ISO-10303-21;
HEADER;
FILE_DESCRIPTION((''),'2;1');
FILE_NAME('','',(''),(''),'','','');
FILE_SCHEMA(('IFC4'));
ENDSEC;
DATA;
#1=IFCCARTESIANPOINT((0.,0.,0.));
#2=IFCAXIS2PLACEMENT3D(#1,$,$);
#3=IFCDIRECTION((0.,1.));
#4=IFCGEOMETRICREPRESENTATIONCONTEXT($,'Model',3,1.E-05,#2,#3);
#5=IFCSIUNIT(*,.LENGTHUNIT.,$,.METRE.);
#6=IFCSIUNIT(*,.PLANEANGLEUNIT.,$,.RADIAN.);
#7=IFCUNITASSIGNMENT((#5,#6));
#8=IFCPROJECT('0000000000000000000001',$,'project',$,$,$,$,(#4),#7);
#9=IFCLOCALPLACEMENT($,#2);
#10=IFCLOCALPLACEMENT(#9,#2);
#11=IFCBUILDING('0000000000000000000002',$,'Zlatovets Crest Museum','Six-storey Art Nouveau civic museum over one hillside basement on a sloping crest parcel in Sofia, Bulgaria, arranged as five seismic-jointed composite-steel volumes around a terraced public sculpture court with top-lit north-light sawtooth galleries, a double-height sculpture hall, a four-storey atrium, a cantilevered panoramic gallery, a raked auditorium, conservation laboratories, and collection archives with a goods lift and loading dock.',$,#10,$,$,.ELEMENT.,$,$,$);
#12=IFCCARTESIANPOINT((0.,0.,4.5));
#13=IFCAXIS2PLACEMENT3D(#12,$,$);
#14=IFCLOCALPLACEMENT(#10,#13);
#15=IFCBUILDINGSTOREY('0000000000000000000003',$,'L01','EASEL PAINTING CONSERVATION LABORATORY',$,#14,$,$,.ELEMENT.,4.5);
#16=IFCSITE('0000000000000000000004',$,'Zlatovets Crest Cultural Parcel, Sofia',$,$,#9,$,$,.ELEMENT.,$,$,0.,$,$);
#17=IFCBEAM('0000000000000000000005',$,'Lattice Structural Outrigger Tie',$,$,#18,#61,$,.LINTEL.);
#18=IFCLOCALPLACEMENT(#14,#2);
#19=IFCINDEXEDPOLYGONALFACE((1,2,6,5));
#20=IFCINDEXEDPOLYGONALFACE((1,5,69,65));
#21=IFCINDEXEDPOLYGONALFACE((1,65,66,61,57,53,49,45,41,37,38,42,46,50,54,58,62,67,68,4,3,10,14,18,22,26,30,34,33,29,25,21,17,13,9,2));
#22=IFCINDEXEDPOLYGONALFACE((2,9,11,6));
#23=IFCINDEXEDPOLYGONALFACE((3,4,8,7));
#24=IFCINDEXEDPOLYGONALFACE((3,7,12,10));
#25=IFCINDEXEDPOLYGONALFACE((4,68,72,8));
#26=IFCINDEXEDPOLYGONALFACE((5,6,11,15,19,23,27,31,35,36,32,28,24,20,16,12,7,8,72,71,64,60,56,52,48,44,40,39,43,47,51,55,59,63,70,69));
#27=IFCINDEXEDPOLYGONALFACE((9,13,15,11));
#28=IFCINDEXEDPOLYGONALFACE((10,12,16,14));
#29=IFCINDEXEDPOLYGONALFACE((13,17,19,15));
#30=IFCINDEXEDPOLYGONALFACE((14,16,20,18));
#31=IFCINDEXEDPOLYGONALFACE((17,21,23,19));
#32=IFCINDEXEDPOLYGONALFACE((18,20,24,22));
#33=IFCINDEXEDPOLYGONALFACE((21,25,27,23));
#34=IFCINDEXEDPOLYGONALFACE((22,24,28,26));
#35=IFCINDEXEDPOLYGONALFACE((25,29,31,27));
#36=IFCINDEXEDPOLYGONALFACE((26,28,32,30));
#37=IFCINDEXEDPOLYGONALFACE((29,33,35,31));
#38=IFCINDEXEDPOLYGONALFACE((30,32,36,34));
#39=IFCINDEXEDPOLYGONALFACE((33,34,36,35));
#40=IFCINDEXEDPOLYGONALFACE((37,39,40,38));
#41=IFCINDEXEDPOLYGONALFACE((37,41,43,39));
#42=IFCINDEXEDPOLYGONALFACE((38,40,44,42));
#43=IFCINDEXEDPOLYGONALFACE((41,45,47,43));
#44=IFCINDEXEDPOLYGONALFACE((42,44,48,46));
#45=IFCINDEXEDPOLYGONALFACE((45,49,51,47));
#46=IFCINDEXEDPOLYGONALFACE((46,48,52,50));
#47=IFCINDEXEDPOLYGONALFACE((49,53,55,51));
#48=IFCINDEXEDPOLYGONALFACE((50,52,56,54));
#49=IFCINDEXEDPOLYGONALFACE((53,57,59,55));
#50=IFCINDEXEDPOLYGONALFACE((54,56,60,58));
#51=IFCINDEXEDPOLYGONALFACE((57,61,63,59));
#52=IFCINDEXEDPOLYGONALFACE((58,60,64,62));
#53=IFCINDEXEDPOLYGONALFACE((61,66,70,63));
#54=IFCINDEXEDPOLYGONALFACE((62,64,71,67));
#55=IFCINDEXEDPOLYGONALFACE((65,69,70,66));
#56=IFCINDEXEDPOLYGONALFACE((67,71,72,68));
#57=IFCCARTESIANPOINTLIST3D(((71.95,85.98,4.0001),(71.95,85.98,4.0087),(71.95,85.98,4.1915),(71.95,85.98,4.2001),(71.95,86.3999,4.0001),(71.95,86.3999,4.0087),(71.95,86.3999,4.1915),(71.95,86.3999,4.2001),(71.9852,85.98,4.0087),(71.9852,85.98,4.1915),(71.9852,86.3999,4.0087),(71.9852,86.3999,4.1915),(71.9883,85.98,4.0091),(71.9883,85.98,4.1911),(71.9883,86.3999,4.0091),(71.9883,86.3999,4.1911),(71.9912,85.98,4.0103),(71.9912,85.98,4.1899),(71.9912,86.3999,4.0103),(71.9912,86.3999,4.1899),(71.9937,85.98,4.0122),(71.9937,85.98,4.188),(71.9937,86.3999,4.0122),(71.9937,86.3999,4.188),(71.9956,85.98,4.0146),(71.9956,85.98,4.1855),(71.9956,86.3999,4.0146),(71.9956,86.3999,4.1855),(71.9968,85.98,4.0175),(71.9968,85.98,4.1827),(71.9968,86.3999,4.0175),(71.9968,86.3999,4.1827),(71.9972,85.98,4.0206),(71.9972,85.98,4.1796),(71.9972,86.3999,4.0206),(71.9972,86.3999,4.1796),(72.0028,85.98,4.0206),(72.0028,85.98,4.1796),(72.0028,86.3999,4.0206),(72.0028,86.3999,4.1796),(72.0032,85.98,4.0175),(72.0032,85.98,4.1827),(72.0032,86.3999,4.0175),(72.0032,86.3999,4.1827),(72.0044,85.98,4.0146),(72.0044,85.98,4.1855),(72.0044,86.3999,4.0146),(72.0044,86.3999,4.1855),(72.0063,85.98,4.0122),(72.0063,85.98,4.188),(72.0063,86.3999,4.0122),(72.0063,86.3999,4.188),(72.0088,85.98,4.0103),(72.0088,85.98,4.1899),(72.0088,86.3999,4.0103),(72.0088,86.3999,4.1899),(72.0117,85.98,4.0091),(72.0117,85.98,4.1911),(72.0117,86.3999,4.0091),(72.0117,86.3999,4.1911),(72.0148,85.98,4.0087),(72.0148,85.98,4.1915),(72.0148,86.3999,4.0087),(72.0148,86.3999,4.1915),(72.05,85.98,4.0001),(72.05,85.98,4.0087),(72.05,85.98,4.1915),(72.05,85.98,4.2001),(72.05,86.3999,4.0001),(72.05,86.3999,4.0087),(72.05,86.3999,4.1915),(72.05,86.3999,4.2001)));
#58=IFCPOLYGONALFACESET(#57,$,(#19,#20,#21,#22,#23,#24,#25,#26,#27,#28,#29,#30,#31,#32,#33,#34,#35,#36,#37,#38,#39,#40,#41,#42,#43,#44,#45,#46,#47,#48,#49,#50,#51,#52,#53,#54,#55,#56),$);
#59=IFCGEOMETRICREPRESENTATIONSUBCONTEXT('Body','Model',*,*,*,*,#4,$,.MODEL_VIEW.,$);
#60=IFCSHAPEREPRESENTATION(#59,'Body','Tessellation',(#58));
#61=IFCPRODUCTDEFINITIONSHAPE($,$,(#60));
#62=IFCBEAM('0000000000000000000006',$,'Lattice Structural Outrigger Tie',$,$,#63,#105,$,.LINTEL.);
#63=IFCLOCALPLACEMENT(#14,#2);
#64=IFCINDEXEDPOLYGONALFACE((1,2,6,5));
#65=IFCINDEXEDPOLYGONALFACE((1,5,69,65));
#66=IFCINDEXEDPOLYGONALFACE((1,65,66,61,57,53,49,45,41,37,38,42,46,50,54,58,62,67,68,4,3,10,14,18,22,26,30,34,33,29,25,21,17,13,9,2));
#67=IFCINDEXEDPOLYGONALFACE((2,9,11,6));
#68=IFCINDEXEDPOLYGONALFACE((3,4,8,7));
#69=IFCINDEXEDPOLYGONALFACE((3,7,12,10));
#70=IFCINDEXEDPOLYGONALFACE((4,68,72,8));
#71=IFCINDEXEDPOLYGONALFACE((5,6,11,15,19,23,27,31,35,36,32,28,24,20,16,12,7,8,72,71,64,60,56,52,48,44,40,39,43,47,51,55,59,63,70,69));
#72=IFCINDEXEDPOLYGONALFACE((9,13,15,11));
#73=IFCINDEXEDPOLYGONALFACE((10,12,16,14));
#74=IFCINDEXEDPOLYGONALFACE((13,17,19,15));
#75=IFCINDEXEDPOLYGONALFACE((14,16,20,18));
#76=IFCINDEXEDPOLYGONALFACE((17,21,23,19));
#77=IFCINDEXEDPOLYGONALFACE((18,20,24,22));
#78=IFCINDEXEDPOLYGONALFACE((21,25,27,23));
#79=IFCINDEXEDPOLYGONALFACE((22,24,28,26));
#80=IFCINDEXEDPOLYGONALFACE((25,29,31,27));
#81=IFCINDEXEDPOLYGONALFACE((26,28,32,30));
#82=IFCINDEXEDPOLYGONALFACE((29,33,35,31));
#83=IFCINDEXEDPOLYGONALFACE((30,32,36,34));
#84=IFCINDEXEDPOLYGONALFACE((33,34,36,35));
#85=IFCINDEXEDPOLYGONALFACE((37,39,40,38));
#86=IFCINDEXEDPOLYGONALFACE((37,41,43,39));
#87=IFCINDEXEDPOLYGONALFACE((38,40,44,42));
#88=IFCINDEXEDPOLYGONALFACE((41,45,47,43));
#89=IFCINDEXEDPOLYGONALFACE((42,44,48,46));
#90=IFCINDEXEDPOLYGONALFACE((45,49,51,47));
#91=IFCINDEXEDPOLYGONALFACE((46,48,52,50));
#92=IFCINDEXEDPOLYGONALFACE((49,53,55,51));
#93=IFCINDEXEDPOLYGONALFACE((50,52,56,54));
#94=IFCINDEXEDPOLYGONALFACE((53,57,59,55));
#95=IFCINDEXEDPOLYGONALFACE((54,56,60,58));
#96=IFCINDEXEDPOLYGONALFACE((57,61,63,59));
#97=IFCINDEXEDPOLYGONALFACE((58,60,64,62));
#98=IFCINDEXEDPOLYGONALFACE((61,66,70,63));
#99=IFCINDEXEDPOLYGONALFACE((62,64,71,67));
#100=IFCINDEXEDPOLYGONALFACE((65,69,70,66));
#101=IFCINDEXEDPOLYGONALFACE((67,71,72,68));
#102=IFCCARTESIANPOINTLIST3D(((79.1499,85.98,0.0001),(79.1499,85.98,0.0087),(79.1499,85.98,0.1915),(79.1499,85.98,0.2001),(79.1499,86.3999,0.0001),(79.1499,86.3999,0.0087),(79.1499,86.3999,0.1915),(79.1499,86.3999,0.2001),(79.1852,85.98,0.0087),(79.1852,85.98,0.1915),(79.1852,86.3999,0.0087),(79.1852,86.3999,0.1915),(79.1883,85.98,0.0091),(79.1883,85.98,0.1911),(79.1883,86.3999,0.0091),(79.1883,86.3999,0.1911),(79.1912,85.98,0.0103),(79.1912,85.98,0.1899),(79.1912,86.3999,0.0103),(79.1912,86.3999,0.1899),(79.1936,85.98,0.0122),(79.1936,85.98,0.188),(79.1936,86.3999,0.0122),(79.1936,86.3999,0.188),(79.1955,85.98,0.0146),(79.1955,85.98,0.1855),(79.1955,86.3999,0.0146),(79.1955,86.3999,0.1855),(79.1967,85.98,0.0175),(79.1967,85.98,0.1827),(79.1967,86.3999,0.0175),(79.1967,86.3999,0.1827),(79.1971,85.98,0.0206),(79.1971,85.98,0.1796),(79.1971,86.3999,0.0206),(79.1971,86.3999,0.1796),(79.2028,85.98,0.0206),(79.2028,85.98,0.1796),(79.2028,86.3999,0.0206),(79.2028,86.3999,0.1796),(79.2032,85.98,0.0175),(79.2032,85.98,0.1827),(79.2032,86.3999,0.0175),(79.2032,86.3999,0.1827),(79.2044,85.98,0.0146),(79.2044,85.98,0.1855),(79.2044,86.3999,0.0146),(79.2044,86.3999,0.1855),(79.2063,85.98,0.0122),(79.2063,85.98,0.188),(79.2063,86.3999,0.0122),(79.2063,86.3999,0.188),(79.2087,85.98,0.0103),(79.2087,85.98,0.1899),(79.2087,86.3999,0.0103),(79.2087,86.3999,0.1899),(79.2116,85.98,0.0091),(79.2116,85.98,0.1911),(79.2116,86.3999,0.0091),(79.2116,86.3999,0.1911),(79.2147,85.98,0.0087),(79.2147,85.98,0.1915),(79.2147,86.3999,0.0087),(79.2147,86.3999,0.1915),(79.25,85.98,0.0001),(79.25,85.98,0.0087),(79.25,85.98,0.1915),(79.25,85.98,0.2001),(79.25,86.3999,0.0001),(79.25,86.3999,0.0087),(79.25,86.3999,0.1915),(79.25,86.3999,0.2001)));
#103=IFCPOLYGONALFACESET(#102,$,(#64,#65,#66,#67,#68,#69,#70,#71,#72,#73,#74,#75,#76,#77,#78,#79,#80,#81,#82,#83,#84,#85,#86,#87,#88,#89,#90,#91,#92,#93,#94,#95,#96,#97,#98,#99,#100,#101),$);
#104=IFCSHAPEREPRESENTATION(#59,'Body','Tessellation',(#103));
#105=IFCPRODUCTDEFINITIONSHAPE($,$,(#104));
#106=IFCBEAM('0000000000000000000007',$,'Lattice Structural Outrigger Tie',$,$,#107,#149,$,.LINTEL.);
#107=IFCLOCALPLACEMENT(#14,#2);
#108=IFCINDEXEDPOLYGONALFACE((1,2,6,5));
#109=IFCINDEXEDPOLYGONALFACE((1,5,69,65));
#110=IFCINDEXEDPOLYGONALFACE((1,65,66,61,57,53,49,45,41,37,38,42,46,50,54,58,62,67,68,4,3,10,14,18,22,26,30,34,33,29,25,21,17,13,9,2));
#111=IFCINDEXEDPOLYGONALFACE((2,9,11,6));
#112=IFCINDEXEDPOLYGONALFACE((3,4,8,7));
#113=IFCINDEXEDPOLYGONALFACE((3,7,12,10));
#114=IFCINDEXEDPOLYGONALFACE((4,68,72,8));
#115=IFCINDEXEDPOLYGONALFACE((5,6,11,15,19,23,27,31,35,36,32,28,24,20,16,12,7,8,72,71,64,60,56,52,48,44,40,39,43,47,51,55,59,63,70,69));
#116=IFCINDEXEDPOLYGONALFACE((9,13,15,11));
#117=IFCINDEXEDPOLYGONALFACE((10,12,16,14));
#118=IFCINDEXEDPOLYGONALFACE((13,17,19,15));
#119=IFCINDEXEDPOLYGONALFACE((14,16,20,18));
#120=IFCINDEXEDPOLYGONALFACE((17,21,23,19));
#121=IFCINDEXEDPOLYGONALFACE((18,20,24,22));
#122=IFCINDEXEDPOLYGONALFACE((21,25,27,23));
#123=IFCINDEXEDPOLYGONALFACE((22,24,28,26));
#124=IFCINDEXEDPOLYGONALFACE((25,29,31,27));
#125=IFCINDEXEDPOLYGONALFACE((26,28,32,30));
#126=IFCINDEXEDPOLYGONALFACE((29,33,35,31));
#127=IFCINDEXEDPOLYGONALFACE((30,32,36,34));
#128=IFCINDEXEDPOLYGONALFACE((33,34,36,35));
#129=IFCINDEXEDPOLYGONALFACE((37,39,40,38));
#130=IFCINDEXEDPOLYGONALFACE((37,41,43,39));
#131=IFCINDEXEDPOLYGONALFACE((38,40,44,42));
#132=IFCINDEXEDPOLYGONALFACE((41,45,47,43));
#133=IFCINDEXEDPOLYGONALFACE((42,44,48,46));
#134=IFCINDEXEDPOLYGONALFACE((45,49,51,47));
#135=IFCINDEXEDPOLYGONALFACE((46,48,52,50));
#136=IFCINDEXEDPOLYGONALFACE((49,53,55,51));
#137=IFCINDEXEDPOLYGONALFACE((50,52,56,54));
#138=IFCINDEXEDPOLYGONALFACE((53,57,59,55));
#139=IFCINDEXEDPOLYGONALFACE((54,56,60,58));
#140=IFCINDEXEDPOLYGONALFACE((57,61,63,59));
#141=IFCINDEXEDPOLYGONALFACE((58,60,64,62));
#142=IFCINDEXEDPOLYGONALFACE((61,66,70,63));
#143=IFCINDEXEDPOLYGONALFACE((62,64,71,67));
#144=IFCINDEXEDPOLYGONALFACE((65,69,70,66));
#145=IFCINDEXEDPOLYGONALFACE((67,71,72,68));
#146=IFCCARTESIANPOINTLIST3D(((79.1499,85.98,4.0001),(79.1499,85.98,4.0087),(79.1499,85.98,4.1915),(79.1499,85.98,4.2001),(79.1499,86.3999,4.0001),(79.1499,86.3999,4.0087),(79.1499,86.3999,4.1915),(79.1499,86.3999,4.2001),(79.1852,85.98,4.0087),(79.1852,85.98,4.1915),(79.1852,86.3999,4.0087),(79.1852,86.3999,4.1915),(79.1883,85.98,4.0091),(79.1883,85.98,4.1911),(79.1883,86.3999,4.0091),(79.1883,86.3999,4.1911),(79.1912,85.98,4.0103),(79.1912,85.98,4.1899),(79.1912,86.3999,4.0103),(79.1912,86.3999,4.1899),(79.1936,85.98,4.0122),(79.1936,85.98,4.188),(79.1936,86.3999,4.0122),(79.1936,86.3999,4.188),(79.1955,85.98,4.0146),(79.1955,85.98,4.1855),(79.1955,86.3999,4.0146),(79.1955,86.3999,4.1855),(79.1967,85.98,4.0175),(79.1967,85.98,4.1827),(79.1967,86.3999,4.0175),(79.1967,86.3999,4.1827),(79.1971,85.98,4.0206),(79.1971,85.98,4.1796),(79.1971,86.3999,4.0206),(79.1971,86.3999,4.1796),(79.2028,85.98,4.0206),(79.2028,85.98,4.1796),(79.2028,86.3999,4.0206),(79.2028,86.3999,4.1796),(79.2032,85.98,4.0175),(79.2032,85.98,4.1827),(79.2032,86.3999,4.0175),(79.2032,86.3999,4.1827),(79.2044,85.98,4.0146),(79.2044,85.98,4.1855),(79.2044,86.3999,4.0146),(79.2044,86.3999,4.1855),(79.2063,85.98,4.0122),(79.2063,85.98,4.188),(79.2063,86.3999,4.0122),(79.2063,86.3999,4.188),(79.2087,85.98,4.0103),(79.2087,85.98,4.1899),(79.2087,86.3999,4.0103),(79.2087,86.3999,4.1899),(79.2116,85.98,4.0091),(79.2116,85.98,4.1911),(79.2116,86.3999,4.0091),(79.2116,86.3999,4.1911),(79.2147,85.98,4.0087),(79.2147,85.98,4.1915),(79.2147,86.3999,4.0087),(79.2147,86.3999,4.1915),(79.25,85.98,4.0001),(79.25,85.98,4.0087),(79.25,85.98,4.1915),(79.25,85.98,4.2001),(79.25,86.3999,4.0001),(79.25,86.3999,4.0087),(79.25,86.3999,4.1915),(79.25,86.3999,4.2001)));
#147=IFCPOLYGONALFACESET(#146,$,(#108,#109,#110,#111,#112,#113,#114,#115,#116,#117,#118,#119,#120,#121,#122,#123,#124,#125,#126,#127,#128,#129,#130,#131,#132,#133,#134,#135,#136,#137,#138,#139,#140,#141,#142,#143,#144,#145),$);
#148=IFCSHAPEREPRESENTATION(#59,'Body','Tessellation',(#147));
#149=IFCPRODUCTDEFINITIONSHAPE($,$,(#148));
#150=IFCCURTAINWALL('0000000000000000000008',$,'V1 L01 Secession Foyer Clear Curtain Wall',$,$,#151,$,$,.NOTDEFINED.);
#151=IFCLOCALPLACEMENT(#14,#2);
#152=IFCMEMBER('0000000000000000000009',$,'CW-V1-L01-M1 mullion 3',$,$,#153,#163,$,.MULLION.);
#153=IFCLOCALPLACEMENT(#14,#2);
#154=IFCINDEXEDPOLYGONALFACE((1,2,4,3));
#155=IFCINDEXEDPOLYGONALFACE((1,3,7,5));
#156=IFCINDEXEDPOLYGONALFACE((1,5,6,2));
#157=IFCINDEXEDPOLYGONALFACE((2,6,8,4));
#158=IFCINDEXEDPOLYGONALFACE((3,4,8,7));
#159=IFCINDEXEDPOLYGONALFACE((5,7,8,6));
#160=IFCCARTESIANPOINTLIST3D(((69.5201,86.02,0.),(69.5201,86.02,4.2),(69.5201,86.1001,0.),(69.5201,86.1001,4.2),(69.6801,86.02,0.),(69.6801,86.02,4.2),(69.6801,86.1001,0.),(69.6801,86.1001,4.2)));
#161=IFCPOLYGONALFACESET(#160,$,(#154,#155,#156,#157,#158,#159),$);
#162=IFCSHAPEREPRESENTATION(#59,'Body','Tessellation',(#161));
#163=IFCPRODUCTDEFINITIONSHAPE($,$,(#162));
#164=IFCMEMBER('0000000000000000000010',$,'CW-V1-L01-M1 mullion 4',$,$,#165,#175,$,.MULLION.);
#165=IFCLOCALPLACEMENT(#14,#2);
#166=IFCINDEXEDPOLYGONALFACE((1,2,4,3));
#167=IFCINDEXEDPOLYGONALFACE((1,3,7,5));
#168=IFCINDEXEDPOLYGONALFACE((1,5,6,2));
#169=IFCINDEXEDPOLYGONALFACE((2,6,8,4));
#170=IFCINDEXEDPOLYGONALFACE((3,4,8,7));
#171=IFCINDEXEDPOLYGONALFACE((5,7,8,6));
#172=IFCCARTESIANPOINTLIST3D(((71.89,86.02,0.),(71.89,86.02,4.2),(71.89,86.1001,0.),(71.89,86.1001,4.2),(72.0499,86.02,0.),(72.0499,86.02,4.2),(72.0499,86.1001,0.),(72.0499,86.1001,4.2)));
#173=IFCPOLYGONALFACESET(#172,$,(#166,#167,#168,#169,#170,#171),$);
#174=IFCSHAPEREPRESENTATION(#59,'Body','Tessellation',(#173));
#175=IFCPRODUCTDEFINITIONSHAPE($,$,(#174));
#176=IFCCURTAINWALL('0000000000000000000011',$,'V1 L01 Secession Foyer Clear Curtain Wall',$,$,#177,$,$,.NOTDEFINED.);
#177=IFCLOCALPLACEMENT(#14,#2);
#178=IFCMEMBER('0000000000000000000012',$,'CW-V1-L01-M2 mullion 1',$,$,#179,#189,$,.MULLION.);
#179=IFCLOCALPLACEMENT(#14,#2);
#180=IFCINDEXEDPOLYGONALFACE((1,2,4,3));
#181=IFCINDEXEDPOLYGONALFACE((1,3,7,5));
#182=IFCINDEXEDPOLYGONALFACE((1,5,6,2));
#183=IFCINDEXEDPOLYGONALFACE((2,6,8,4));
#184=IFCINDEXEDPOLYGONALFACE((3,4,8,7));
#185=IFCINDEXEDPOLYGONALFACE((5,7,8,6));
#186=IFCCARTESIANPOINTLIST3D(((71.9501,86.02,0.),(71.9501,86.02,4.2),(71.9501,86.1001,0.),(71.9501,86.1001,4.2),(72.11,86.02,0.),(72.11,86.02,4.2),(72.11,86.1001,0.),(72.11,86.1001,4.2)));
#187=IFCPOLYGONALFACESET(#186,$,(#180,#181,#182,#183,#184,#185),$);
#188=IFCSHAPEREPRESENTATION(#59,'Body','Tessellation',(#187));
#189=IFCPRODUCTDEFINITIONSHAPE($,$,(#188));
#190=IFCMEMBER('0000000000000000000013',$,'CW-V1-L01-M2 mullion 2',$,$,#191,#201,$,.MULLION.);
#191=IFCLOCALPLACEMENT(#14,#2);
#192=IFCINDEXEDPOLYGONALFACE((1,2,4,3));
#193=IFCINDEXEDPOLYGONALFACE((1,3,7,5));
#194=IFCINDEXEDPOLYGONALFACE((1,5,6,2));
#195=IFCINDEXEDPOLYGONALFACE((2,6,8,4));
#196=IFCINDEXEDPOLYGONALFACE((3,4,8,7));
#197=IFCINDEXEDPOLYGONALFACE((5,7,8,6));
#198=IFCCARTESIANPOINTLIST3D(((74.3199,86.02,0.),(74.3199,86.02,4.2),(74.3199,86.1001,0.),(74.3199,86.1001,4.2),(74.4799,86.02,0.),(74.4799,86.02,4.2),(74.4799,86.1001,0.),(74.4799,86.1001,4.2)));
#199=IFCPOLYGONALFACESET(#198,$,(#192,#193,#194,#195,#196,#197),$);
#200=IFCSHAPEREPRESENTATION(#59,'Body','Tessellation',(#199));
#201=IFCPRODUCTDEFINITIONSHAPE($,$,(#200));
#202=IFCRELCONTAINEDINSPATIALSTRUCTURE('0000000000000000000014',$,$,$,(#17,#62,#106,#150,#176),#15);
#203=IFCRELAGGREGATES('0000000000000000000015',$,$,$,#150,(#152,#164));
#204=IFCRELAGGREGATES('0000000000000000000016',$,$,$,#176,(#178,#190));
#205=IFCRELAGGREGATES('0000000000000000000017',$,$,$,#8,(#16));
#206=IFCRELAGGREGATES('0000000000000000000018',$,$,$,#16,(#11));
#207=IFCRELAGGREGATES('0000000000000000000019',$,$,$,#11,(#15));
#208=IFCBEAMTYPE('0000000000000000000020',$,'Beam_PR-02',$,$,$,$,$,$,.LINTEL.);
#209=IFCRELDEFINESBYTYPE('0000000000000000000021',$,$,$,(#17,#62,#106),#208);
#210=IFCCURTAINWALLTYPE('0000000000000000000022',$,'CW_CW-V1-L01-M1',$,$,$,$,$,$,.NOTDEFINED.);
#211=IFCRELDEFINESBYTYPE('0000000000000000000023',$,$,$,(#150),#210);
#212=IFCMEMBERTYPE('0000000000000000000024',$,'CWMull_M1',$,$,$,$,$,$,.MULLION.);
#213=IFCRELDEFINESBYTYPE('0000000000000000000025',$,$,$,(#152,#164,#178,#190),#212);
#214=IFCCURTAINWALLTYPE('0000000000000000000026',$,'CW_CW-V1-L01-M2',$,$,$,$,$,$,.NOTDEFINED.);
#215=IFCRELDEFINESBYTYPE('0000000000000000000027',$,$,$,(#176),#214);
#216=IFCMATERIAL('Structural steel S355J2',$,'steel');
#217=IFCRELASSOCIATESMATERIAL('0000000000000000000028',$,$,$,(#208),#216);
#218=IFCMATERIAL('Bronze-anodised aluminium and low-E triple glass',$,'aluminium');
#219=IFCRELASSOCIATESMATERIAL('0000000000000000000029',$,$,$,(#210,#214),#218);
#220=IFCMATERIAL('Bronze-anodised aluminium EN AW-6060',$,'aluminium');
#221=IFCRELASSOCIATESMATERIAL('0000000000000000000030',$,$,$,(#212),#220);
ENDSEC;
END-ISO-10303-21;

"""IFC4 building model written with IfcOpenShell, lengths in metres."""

from ifc_helpers import new_model, si_unit, direction, frame, origin, origin_2d, place, context, subcontext, project, spatial, rectangle, i_section, extrude, material, material_profile, profile_set, type_object, element, aggregate, save


model = new_model("IFC4")

# Units and contexts
model_context = context("Model", 3, precision=1e-05, world=origin(), true_north=direction((0.0, 1.0)))
body_context = subcontext(model_context, "Body", "Model", "MODEL_VIEW")
ifc_project = project(units=[si_unit("LENGTHUNIT", "METRE"), si_unit("PLANEANGLEUNIT", "RADIAN")], contexts=[model_context])

# Site, building, storey
site_placement = place(None, origin())
site = spatial("IfcSite", under=ifc_project, at=site_placement, Name="Zlatovets Crest Cultural Parcel, Sofia", CompositionType="ELEMENT", RefElevation=0.0)
building_placement = place(site_placement, origin())
building = spatial("IfcBuilding", under=site, at=building_placement, Name="Zlatovets Crest Museum", Description="Six-storey Art Nouveau civic museum over one hillside basement on a sloping crest parcel in Sofia, Bulgaria, arranged as five seismic-jointed composite-steel volumes around a terraced public sculpture court with top-lit north-light sawtooth galleries, a double-height sculpture hall, a four-storey atrium, a cantilevered panoramic gallery, a raked auditorium, conservation laboratories, and collection archives with a goods lift and loading dock.", CompositionType="ELEMENT")
storey_placement = place(building_placement, frame((0.0, 0.0, 4.5)))
storey = spatial("IfcBuildingStorey", under=building, at=storey_placement, Name="L01", Description="EASEL PAINTING CONSERVATION LABORATORY", CompositionType="ELEMENT", Elevation=4.5)

# Shared definitions
ifc_material_1 = material(Name="Structural steel S355J2", Category="steel")

# Beams
ifc_material_profile_1 = material_profile(ifc_material_1, i_section(OverallWidth=0.1001, OverallDepth=0.2, WebThickness=0.0056, FlangeThickness=0.0085, FilletRadius=0.012, at=origin_2d()), Name="IPE 200")
ifc_profile_set_1 = profile_set([ifc_material_profile_1], Name="Structural steel S355J2")
beam_type_1 = type_object("IfcBeamType", Name="Beam_PR-02", PredefinedType="LINTEL", material=ifc_profile_set_1)
for number, where, z_axis, x_axis, name in (
    (1, (72.0, 86.3999, 4.1001), (0.0, -1.0, 0.0), (1.0, 0.0, 0.0), "Lattice Structural Outrigger Tie"),
    (2, (79.2, 86.3999, 0.1001), (0.0, -1.0, 0.0), (1.0, 0.0, 0.0), "Lattice Structural Outrigger Tie"),
    (3, (79.2, 86.3999, 4.1001), (0.0, -1.0, 0.0), (1.0, 0.0, 0.0), "Lattice Structural Outrigger Tie"),
):
    element("IfcBeam", number, at=place(storey_placement, frame(where, z_axis=z_axis, x_axis=x_axis)), inside=storey, type_object=beam_type_1, Name=name, PredefinedType="LINTEL", context=body_context, shape_type="SweptSolid", body=[
        extrude(i_section(OverallWidth=0.1001, OverallDepth=0.2, WebThickness=0.0056, FlangeThickness=0.0085, FilletRadius=0.012, at=origin_2d()), origin(), (0.0, 0.0, 1.0), 0.4199),
    ])

# Curtain walls, members
ifc_material_2 = material(Name="Bronze-anodised aluminium and low-E triple glass", Category="aluminium")
curtain_wall_type_1 = type_object("IfcCurtainWallType", Name="CW_CW-V1-L01-M1", PredefinedType="NOTDEFINED", material=ifc_material_2)
curtain_wall_1_placement = place(storey_placement, origin())
curtain_wall_1 = element("IfcCurtainWall", 4, at=curtain_wall_1_placement, inside=storey, type_object=curtain_wall_type_1, Name="V1 L01 Secession Foyer Clear Curtain Wall", PredefinedType="NOTDEFINED")
ifc_material_3 = material(Name="Bronze-anodised aluminium EN AW-6060", Category="aluminium")
ifc_material_profile_2 = material_profile(ifc_material_3, rectangle(XDim=0.0801, YDim=0.1599, at=origin_2d()), Name="ALU 80x160")
ifc_profile_set_2 = profile_set([ifc_material_profile_2], Name="Bronze-anodised aluminium EN AW-6060")
member_type_1 = type_object("IfcMemberType", Name="CWMull_M1", PredefinedType="MULLION", material=ifc_profile_set_2)
member_1_placement = place(storey_placement, frame((69.6001, 86.0601, 0.0), z_axis=(0.0, 0.0, 1.0), x_axis=(0.0, 1.0, 0.0)))
member_1 = element("IfcMember", 5, at=member_1_placement, type_object=member_type_1, Name="CW-V1-L01-M1 mullion 3", PredefinedType="MULLION", context=body_context, shape_type="SweptSolid", body=[
    extrude(rectangle(XDim=0.0801, YDim=0.1599, at=origin_2d()), origin(), (0.0, 0.0, 1.0), 4.2),
])
member_2_placement = place(storey_placement, frame((71.97, 86.0601, 0.0), z_axis=(0.0, 0.0, 1.0), x_axis=(0.0, 1.0, 0.0)))
member_2 = element("IfcMember", 6, at=member_2_placement, type_object=member_type_1, Name="CW-V1-L01-M1 mullion 4", PredefinedType="MULLION", context=body_context, shape_type="SweptSolid", body=[
    extrude(rectangle(XDim=0.0801, YDim=0.1599, at=origin_2d()), origin(), (0.0, 0.0, 1.0), 4.2),
])
curtain_wall_type_2 = type_object("IfcCurtainWallType", Name="CW_CW-V1-L01-M2", PredefinedType="NOTDEFINED", material=ifc_material_2)
curtain_wall_2_placement = place(storey_placement, origin())
curtain_wall_2 = element("IfcCurtainWall", 7, at=curtain_wall_2_placement, inside=storey, type_object=curtain_wall_type_2, Name="V1 L01 Secession Foyer Clear Curtain Wall", PredefinedType="NOTDEFINED")
member_3_placement = place(storey_placement, frame((72.03, 86.0601, 0.0), z_axis=(0.0, 0.0, 1.0), x_axis=(0.0, 1.0, 0.0)))
member_3 = element("IfcMember", 8, at=member_3_placement, type_object=member_type_1, Name="CW-V1-L01-M2 mullion 1", PredefinedType="MULLION", context=body_context, shape_type="SweptSolid", body=[
    extrude(rectangle(XDim=0.0801, YDim=0.1599, at=origin_2d()), origin(), (0.0, 0.0, 1.0), 4.2),
])
member_4_placement = place(storey_placement, frame((74.3999, 86.0601, 0.0), z_axis=(0.0, 0.0, 1.0), x_axis=(0.0, 1.0, 0.0)))
member_4 = element("IfcMember", 9, at=member_4_placement, type_object=member_type_1, Name="CW-V1-L01-M2 mullion 2", PredefinedType="MULLION", context=body_context, shape_type="SweptSolid", body=[
    extrude(rectangle(XDim=0.0801, YDim=0.1599, at=origin_2d()), origin(), (0.0, 0.0, 1.0), 4.2),
])

aggregate(curtain_wall_1, [member_1, member_2])
aggregate(curtain_wall_2, [member_3, member_4])

save(model, "model.ifc")
